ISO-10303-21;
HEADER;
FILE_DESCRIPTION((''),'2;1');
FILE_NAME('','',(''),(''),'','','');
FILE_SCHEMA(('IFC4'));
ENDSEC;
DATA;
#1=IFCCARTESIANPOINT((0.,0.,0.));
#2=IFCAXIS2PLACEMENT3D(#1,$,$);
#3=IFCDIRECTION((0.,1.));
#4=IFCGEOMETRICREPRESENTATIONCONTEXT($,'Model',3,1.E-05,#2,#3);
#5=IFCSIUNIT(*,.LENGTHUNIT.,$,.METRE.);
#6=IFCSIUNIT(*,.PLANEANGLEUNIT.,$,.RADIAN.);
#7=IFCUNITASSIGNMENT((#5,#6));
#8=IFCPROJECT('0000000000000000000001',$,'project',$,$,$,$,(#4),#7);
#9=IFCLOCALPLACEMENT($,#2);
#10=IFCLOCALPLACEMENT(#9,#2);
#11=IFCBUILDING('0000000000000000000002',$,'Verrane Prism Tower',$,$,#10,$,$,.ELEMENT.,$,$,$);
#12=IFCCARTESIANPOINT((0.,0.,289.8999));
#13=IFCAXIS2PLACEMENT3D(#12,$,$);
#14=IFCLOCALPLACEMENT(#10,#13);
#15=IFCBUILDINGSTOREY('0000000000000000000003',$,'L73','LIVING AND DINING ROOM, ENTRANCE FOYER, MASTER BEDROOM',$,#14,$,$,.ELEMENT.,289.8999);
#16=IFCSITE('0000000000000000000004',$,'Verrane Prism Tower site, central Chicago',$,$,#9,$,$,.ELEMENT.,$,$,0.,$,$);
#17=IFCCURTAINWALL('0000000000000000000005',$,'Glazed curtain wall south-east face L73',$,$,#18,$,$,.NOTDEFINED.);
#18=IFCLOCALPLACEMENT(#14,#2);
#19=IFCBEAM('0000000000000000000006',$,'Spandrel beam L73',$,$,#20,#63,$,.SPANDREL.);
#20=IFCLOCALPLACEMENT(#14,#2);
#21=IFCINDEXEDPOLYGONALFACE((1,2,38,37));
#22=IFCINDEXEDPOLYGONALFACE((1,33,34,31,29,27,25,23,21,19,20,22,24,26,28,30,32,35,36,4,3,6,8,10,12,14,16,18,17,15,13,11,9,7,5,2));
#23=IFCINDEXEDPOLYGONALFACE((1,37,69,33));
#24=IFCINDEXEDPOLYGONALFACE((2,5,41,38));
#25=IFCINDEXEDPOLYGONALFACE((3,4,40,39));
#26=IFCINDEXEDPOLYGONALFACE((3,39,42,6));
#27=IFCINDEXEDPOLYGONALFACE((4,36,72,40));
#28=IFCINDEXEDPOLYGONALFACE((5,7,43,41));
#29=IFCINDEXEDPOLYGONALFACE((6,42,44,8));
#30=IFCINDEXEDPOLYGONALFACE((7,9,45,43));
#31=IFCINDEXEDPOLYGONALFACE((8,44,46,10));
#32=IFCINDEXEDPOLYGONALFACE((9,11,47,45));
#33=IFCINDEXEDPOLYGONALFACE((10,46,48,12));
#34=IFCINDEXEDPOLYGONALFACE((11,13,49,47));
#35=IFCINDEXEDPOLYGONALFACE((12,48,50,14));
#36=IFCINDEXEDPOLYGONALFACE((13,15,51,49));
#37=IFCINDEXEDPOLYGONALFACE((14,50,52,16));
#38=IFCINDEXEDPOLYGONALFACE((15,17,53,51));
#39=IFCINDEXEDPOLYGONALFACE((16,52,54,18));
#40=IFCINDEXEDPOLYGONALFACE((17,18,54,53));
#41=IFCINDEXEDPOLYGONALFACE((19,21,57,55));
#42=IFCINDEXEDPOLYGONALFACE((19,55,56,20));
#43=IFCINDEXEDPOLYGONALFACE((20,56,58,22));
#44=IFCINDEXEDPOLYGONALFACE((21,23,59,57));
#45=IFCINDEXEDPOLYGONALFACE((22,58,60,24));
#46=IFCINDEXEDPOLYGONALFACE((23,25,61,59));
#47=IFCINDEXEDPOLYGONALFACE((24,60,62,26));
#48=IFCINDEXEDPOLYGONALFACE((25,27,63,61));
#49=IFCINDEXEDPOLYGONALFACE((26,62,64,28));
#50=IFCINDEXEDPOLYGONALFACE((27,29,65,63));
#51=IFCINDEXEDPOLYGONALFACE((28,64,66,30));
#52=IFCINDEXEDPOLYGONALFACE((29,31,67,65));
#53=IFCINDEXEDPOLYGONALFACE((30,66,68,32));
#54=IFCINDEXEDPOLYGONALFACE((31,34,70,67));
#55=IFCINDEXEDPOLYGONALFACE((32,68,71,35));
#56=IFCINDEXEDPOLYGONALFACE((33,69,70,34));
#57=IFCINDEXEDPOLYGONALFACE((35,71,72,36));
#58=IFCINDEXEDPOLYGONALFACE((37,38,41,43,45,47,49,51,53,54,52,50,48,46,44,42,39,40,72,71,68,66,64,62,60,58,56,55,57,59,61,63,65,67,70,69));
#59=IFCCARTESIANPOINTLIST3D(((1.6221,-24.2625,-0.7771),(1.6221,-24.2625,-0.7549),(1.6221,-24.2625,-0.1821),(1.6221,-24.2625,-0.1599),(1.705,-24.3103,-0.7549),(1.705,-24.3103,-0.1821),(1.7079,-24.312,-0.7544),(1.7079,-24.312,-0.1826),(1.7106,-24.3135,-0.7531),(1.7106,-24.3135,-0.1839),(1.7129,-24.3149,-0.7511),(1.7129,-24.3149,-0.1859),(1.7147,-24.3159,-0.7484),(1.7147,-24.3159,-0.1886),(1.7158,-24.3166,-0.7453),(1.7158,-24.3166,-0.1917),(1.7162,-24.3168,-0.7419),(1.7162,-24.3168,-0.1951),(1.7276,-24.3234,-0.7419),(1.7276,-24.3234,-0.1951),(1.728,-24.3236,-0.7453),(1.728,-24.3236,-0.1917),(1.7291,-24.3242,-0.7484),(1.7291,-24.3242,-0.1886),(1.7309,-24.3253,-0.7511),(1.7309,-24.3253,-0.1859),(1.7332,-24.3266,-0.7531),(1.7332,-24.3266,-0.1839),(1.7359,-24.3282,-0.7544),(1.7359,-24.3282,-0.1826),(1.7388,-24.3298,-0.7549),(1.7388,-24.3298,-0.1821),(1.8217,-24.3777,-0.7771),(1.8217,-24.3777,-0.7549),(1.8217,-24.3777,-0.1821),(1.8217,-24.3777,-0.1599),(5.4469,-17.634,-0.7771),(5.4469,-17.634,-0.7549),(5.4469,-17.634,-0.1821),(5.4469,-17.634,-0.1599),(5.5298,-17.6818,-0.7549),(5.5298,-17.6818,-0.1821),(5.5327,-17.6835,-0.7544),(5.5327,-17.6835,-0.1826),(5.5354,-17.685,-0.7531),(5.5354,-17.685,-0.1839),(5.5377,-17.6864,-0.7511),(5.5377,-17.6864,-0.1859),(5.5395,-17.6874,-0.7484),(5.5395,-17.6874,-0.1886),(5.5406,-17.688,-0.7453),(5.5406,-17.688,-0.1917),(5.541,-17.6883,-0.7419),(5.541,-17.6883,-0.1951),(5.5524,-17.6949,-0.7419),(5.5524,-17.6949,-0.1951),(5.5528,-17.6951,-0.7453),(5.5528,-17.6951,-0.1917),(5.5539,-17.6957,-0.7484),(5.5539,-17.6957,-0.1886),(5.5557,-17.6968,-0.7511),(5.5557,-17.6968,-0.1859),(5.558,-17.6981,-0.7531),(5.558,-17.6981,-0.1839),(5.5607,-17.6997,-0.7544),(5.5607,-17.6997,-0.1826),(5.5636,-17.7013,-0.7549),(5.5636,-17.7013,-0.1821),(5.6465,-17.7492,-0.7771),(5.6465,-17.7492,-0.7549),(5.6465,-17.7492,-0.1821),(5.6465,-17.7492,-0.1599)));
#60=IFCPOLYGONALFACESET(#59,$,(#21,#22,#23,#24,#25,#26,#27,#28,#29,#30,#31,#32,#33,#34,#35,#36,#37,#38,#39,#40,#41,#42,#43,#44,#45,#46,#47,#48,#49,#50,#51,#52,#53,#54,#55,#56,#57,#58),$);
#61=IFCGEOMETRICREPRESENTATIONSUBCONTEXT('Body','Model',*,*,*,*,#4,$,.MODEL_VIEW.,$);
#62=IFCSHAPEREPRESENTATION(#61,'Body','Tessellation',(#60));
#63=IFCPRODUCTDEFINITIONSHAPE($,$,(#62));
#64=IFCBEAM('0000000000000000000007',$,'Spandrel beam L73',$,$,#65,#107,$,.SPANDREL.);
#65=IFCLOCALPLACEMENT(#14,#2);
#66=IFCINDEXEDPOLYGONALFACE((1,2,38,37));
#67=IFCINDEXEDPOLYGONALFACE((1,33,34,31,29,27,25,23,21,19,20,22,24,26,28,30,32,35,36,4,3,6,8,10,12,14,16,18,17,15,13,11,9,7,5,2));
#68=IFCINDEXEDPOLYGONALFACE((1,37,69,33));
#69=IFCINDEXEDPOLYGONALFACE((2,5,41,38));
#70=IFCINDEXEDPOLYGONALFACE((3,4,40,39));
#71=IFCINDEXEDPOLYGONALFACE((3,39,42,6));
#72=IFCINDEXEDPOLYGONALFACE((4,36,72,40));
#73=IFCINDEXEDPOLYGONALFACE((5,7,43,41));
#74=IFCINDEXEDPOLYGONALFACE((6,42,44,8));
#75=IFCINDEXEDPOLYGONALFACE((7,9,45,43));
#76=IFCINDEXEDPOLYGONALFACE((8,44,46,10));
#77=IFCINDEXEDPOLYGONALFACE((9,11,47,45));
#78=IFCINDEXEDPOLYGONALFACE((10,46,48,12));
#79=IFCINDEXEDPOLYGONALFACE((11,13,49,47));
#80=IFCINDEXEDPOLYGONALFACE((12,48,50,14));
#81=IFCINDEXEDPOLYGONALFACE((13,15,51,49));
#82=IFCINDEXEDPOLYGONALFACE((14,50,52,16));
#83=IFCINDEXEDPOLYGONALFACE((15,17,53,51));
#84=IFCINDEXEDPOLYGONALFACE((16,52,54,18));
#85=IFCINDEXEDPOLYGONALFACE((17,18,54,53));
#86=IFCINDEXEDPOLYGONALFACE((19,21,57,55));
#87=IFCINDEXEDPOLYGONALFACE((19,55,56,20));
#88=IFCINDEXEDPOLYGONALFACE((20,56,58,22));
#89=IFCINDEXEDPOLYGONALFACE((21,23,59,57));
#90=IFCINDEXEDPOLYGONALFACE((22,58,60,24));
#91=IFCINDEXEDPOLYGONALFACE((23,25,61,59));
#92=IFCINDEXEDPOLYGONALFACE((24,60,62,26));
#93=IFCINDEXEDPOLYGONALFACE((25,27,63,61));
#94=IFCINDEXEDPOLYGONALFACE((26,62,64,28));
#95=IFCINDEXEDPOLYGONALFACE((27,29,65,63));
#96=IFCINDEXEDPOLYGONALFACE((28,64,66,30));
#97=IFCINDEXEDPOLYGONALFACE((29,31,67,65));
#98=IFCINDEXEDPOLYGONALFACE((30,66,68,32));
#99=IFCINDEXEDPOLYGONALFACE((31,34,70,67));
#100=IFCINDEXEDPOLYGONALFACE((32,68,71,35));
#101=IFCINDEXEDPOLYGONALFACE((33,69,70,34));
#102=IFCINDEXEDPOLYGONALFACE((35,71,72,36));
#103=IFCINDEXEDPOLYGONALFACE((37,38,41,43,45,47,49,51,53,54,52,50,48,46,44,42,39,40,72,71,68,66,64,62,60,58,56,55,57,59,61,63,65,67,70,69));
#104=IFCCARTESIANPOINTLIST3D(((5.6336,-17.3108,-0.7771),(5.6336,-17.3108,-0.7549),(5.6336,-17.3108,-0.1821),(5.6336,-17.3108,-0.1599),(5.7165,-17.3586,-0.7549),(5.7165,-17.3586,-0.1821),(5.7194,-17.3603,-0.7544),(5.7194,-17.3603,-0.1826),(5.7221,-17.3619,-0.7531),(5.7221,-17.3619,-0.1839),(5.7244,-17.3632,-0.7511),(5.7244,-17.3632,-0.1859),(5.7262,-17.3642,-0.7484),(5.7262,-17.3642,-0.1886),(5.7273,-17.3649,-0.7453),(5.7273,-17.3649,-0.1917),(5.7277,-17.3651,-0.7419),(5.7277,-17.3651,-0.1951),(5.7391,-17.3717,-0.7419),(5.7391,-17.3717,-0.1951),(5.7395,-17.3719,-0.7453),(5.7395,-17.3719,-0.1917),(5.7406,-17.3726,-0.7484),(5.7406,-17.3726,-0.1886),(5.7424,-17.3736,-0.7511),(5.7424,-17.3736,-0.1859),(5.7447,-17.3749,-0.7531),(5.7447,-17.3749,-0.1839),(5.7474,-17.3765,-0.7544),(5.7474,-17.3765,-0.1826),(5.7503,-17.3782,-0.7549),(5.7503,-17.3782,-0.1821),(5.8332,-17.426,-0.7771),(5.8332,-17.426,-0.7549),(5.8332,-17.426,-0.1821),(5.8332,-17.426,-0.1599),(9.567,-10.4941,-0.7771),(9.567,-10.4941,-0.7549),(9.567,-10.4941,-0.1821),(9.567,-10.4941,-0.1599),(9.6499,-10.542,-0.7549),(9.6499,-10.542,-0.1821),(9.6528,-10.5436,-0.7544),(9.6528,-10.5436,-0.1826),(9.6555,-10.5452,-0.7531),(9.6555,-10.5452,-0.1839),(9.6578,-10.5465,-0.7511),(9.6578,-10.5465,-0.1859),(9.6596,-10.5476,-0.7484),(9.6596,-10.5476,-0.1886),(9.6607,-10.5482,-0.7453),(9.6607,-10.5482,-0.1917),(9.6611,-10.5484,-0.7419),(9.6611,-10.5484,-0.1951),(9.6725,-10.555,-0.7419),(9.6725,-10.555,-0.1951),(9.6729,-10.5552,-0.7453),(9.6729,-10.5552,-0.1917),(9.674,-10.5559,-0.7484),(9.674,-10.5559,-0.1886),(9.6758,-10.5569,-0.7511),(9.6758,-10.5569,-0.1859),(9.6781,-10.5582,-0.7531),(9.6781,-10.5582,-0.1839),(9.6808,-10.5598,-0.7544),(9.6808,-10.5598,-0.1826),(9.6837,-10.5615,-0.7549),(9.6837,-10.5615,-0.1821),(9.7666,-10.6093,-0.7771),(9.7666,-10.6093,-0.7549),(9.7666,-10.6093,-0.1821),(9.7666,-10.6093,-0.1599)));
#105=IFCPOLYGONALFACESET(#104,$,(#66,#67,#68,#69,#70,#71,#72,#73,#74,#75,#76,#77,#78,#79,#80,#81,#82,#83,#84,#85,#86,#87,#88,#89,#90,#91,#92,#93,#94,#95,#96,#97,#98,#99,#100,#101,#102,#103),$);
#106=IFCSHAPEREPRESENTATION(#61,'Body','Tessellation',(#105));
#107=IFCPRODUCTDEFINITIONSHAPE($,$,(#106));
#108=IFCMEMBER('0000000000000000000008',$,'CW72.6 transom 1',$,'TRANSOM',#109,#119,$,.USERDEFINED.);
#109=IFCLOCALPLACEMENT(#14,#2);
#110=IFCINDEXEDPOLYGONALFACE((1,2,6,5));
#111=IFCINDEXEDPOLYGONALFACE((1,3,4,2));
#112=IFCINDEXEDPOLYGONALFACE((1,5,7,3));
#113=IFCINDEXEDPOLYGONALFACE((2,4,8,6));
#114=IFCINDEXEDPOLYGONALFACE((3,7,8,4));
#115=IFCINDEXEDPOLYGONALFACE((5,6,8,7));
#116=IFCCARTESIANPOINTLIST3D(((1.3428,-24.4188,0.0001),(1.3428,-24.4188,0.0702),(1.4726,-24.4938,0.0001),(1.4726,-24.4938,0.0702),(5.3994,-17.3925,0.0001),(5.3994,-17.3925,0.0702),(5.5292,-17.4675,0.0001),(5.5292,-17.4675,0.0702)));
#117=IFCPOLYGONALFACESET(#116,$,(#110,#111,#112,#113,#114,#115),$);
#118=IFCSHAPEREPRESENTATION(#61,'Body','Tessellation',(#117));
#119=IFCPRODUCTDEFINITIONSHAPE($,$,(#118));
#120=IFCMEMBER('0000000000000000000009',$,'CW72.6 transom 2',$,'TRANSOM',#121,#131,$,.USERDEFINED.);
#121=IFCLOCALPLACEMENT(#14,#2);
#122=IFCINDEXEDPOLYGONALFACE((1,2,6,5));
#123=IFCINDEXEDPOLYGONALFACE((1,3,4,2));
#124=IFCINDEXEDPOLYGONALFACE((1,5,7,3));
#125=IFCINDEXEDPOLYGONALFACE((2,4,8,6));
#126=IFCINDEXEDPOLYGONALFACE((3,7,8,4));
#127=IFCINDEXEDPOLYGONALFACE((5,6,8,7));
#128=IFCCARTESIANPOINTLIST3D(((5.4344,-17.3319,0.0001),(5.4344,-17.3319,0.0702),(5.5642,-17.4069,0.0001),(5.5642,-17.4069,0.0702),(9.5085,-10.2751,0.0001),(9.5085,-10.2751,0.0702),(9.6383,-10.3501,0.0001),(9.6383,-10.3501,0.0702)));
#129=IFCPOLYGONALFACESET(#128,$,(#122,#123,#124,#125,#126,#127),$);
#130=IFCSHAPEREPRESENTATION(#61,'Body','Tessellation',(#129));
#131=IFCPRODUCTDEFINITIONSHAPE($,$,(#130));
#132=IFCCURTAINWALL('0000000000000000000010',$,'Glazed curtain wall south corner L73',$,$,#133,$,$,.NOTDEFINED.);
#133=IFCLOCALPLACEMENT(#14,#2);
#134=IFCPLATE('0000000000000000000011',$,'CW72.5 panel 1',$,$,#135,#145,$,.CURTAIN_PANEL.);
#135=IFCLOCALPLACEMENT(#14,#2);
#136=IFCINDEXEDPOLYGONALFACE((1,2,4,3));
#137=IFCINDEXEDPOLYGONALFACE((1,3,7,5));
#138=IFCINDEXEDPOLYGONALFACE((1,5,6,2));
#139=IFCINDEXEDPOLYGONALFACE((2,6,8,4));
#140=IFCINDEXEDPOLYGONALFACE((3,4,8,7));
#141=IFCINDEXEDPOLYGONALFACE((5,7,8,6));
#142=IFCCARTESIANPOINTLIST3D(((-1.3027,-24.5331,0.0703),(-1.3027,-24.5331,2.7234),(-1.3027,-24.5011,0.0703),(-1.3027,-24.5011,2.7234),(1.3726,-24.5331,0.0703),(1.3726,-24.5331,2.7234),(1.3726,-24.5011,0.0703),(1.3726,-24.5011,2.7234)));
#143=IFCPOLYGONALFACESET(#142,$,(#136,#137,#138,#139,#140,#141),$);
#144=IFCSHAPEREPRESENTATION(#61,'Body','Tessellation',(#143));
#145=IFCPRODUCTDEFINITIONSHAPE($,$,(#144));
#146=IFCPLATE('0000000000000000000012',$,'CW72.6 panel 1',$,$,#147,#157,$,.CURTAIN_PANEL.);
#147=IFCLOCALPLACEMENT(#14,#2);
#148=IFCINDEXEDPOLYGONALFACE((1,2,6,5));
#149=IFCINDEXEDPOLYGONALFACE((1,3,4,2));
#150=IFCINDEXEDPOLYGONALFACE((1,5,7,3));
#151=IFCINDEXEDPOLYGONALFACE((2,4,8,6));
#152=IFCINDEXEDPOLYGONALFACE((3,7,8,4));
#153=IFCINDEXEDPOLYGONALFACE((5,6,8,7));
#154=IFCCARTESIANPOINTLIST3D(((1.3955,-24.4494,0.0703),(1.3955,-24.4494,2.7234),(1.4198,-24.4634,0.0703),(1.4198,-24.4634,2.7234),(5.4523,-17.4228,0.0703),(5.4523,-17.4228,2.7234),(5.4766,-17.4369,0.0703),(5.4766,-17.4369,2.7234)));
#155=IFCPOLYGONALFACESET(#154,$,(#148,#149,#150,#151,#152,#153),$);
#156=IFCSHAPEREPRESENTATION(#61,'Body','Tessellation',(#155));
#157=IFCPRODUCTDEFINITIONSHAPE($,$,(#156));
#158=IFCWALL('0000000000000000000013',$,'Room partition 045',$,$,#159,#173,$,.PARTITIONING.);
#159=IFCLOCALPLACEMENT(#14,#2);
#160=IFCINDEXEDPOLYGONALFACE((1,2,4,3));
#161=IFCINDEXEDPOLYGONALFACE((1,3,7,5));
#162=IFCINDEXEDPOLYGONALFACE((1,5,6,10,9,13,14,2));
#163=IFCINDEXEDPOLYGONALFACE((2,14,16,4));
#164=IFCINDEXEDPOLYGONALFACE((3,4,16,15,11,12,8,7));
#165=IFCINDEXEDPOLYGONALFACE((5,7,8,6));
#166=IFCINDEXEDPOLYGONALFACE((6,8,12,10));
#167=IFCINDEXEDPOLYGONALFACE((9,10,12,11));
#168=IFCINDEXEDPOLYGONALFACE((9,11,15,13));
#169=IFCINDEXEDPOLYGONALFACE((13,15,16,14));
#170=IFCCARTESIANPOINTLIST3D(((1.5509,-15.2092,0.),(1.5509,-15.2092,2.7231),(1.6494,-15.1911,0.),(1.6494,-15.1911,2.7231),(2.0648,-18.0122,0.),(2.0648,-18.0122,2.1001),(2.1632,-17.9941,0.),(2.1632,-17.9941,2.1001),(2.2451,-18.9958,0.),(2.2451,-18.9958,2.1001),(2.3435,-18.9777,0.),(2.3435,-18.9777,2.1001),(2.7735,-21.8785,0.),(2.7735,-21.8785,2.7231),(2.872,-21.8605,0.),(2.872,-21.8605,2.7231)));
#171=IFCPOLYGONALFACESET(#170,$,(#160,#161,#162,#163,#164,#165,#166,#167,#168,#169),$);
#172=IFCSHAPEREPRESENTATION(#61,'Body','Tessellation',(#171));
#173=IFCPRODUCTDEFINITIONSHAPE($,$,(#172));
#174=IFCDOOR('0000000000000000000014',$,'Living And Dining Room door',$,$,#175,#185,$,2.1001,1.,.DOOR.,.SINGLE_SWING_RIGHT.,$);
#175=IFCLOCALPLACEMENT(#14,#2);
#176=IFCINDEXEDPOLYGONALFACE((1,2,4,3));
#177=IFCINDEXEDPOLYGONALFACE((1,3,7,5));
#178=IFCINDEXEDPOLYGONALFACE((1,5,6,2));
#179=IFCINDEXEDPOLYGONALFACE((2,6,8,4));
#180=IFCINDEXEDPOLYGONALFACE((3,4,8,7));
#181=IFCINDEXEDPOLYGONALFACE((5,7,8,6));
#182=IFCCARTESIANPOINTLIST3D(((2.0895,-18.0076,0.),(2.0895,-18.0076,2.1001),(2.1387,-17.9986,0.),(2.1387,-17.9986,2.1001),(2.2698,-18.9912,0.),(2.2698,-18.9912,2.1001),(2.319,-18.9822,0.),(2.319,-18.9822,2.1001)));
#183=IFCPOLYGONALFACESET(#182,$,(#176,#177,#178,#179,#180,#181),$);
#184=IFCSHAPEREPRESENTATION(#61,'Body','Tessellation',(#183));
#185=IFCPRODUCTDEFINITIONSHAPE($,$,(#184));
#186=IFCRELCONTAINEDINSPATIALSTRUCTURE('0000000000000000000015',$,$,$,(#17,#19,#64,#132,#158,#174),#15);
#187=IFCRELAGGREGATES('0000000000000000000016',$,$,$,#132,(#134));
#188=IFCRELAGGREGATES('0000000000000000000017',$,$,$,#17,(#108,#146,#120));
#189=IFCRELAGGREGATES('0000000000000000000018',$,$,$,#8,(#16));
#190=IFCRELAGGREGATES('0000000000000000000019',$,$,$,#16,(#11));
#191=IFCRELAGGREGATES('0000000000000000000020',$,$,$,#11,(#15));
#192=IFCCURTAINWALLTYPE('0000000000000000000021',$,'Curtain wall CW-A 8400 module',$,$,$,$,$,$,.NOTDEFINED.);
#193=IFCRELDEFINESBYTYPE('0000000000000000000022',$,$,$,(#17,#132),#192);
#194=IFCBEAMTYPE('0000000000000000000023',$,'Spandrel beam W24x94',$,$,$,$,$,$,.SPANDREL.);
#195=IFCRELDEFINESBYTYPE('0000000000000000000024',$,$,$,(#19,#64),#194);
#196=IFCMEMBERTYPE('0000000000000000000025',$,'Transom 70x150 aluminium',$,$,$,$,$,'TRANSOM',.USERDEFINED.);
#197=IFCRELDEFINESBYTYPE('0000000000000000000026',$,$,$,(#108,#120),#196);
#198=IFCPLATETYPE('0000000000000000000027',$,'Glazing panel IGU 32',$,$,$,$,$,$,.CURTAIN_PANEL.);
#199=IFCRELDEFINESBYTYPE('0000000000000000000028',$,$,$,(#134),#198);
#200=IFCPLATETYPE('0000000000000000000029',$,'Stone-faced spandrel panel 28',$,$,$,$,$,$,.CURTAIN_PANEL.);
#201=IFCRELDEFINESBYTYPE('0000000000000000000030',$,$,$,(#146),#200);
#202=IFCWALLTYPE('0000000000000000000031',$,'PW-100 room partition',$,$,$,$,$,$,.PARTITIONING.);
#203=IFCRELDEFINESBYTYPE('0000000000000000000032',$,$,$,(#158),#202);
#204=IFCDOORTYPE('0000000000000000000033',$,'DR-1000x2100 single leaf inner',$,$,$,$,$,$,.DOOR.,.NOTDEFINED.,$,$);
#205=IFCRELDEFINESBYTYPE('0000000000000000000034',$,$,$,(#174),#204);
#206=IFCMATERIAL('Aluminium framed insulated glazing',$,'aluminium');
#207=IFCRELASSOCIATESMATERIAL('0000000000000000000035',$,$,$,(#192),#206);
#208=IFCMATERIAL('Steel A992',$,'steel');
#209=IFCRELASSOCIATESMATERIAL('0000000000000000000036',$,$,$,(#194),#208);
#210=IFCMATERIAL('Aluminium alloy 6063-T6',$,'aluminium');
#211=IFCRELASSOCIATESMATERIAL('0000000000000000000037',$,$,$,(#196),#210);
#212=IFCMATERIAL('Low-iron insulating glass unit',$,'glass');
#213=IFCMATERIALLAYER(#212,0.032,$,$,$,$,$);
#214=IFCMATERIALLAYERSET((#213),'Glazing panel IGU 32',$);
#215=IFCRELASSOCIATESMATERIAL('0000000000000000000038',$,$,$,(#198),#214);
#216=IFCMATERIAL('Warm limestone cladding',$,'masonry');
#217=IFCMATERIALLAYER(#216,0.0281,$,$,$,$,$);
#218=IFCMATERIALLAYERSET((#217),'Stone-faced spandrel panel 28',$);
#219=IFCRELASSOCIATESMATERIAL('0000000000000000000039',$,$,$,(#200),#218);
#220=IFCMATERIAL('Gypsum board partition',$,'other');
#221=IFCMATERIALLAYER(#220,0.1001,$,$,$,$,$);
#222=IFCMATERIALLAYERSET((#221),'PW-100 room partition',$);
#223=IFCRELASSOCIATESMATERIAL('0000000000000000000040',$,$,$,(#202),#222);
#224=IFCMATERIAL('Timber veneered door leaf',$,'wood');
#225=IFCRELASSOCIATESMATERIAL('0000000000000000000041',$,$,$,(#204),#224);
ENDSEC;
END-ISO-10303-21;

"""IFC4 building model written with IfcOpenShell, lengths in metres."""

from ifc_helpers import new_model, si_unit, direction, frame, frame_2d, origin, origin_2d, place, context, subcontext, project, spatial, rectangle, i_section, extrude, material, layer, layer_set, material_profile, profile_set, type_object, element, fill, aggregate, save


model = new_model("IFC4")

# Units and contexts
model_context = context("Model", 3, precision=1e-05, world=origin(), true_north=direction((0.0, 1.0)))
body_context = subcontext(model_context, "Body", "Model", "MODEL_VIEW")
ifc_project = project(units=[si_unit("LENGTHUNIT", "METRE"), si_unit("PLANEANGLEUNIT", "RADIAN")], contexts=[model_context])

# Site, building, storey
site_placement = place(None, origin())
site = spatial("IfcSite", under=ifc_project, at=site_placement, Name="Verrane Prism Tower site, central Chicago", CompositionType="ELEMENT", RefElevation=0.0)
building_placement = place(site_placement, origin())
building = spatial("IfcBuilding", under=site, at=building_placement, Name="Verrane Prism Tower", CompositionType="ELEMENT")
storey_placement = place(building_placement, frame((0.0, 0.0, 289.8999)))
storey = spatial("IfcBuildingStorey", under=building, at=storey_placement, Name="L73", Description="LIVING AND DINING ROOM, ENTRANCE FOYER, MASTER BEDROOM", CompositionType="ELEMENT", Elevation=289.8999)

# Curtain wall
ifc_material_1 = material(Name="Aluminium framed insulated glazing", Category="aluminium")
curtain_wall_type = type_object("IfcCurtainWallType", Name="Curtain wall CW-A 8400 module", PredefinedType="NOTDEFINED", material=ifc_material_1)
curtain_wall_1_placement = place(storey_placement, origin())
curtain_wall_1 = element("IfcCurtainWall", 1, at=curtain_wall_1_placement, inside=storey, type_object=curtain_wall_type, Name="Glazed curtain wall south-east face L73", PredefinedType="NOTDEFINED")

# Beams
ifc_material_2 = material(Name="Steel A992", Category="steel")
ifc_material_profile_1 = material_profile(ifc_material_2, i_section(OverallWidth=0.2305, OverallDepth=0.6172, WebThickness=0.0132, FlangeThickness=0.0222, FilletRadius=0.0129, at=origin_2d()), Name="W24x94")
ifc_profile_set_1 = profile_set([ifc_material_profile_1], Name="Steel A992")
beam_type_1 = type_object("IfcBeamType", Name="Spandrel beam W24x94", PredefinedType="SPANDREL", material=ifc_profile_set_1)
beam_1_placement = place(storey_placement, frame((1.7219, -24.3201, -0.4685), z_axis=(0.499783, 0.866151, 0.0), x_axis=(-0.866151, 0.499783, 0.0)))
element("IfcBeam", 2, at=beam_1_placement, inside=storey, type_object=beam_type_1, Name="Spandrel beam L73", PredefinedType="SPANDREL", context=body_context, shape_type="SweptSolid", body=[
    extrude(i_section(OverallWidth=0.2305, OverallDepth=0.6172, WebThickness=0.0132, FlangeThickness=0.0222, FilletRadius=0.0129, at=origin_2d()), origin(), (0.0, 0.0, 1.0), 7.6528),
])
beam_2_placement = place(storey_placement, frame((5.7334, -17.3684, -0.4685), z_axis=(0.499786, 0.866149, 0.0), x_axis=(-0.866149, 0.499786, 0.0)))
element("IfcBeam", 3, at=beam_2_placement, inside=storey, type_object=beam_type_1, Name="Spandrel beam L73", PredefinedType="SPANDREL", context=body_context, shape_type="SweptSolid", body=[
    extrude(i_section(OverallWidth=0.2305, OverallDepth=0.6172, WebThickness=0.0132, FlangeThickness=0.0222, FilletRadius=0.0129, at=origin_2d()), origin(), (0.0, 0.0, 1.0), 7.8701),
])

# Members
ifc_material_3 = material(Name="Aluminium alloy 6063-T6", Category="aluminium")
ifc_material_profile_2 = material_profile(ifc_material_3, rectangle(XDim=0.1499, YDim=0.0701, at=origin_2d()), Name="Transom 70x150 aluminium")
ifc_profile_set_2 = profile_set([ifc_material_profile_2], Name="Aluminium alloy 6063-T6")
member_type_1 = type_object("IfcMemberType", Name="Transom 70x150 aluminium", ElementType="TRANSOM", PredefinedType="USERDEFINED", material=ifc_profile_set_2)
member_1_placement = place(storey_placement, frame((1.4077, -24.4563, 0.0352), z_axis=(0.499997, 0.866027, 0.0), x_axis=(-0.866027, 0.499997, 0.0)))
member_1 = element("IfcMember", 4, at=member_1_placement, type_object=member_type_1, Name="CW72.6 transom 1", ObjectType="TRANSOM", PredefinedType="USERDEFINED", context=body_context, shape_type="SweptSolid", body=[
    extrude(rectangle(XDim=0.1499, YDim=0.0701, at=origin_2d()), origin(), (0.0, 0.0, 1.0), 8.1133),
])
member_2_placement = place(storey_placement, frame((5.4993, -17.3694, 0.0352), z_axis=(0.499993, 0.866029, 0.0), x_axis=(-0.866029, 0.499993, 0.0)))
member_2 = element("IfcMember", 5, at=member_2_placement, type_object=member_type_1, Name="CW72.6 transom 2", ObjectType="TRANSOM", PredefinedType="USERDEFINED", context=body_context, shape_type="SweptSolid", body=[
    extrude(rectangle(XDim=0.1499, YDim=0.0701, at=origin_2d()), origin(), (0.0, 0.0, 1.0), 8.1484),
])

# Curtain wall, plate
curtain_wall_2_placement = place(storey_placement, origin())
curtain_wall_2 = element("IfcCurtainWall", 6, at=curtain_wall_2_placement, inside=storey, type_object=curtain_wall_type, Name="Glazed curtain wall south corner L73", PredefinedType="NOTDEFINED")
ifc_material_4 = material(Name="Low-iron insulating glass unit", Category="glass")
ifc_layer_1 = layer(ifc_material_4, 0.032)
ifc_layer_set_1 = layer_set([ifc_layer_1], Name="Glazing panel IGU 32")
plate_type_1 = type_object("IfcPlateType", Name="Glazing panel IGU 32", PredefinedType="CURTAIN_PANEL", material=ifc_layer_set_1)
plate_1_placement = place(storey_placement, frame((0.0349, -24.5171, 0.0703), z_axis=(0.0, 0.0, 1.0), x_axis=(1.0, 0.0, 0.0)))
plate_1 = element("IfcPlate", 7, at=plate_1_placement, type_object=plate_type_1, Name="CW72.5 panel 1", PredefinedType="CURTAIN_PANEL", context=body_context, shape_type="SweptSolid", body=[
    extrude(rectangle(XDim=2.6753, YDim=0.032, at=origin_2d()), origin(), (0.0, 0.0, 1.0), 2.6531),
])
aggregate(curtain_wall_2, [plate_1])

# Plate
ifc_material_5 = material(Name="Warm limestone cladding", Category="masonry")
ifc_layer_2 = layer(ifc_material_5, 0.0281)
ifc_layer_set_2 = layer_set([ifc_layer_2], Name="Stone-faced spandrel panel 28")
plate_type_2 = type_object("IfcPlateType", Name="Stone-faced spandrel panel 28", PredefinedType="CURTAIN_PANEL", material=ifc_layer_set_2)
plate_2_placement = place(storey_placement, frame((3.436, -20.9431, 0.0703), z_axis=(0.0, 0.0, 1.0), x_axis=(0.500001, 0.866025, 0.0)))
plate_2 = element("IfcPlate", 8, at=plate_2_placement, type_object=plate_type_2, Name="CW72.6 panel 1", PredefinedType="CURTAIN_PANEL", context=body_context, shape_type="SweptSolid", body=[
    extrude(rectangle(XDim=8.1135, YDim=0.0281, at=origin_2d()), origin(), (0.0, 0.0, 1.0), 2.6531),
])
aggregate(curtain_wall_1, [member_1, plate_2, member_2])

# Wall, opening, door
ifc_material_6 = material(Name="Gypsum board partition", Category="other")
ifc_layer_3 = layer(ifc_material_6, 0.1001)
ifc_layer_set_3 = layer_set([ifc_layer_3], Name="PW-100 room partition")
wall_type_1 = type_object("IfcWallType", Name="PW-100 room partition", PredefinedType="PARTITIONING", material=ifc_layer_set_3)
wall_1_placement = place(storey_placement, frame((2.8228, -21.8694, 0.0), z_axis=(0.0, 0.0, 1.0), x_axis=(-0.180317, 0.983608, 0.0)))
wall_1 = element("IfcWall", 9, at=wall_1_placement, inside=storey, type_object=wall_type_1, Name="Room partition 045", PredefinedType="PARTITIONING", context=body_context, shape_type="SweptSolid", body=[
    extrude(rectangle(XDim=6.7805, YDim=0.1001, at=frame_2d((3.3901, 0.0))), origin(), (0.0, 0.0, 1.0), 2.7231),
])
opening_placement = place(wall_1_placement, frame((2.9307, 0.0, 0.0)))
opening = element("IfcOpeningElement", 10, at=opening_placement, cuts=wall_1, PredefinedType="OPENING", context=body_context, shape_type="SweptSolid", body=[
    extrude(rectangle(XDim=1.0, YDim=2.1001, at=frame_2d((0.5, 1.05))), frame((0.0, 0.0601, 0.0), z_axis=(0.0, -1.0, 0.0), x_axis=(1.0, 0.0, 0.0)), (0.0, 0.0, 1.0), 0.1201),
])
ifc_material_7 = material(Name="Timber veneered door leaf", Category="wood")
door_type = type_object("IfcDoorType", Name="DR-1000x2100 single leaf inner", OperationType="NOTDEFINED", PredefinedType="DOOR", material=ifc_material_7)
door_placement = place(opening_placement, origin())
door = element("IfcDoor", 11, at=door_placement, inside=storey, type_object=door_type, Name="Living And Dining Room door", OperationType="SINGLE_SWING_RIGHT", OverallHeight=2.1001, OverallWidth=1.0, PredefinedType="DOOR", context=body_context, shape_type="SweptSolid", body=[
    extrude(rectangle(XDim=1.0, YDim=2.1001, at=frame_2d((0.5, 1.05))), frame((0.0, 0.0249, 0.0), z_axis=(0.0, -1.0, 0.0), x_axis=(1.0, 0.0, 0.0)), (0.0, 0.0, 1.0), 0.05),
])
fill(opening, door)

save(model, "model.ifc")
